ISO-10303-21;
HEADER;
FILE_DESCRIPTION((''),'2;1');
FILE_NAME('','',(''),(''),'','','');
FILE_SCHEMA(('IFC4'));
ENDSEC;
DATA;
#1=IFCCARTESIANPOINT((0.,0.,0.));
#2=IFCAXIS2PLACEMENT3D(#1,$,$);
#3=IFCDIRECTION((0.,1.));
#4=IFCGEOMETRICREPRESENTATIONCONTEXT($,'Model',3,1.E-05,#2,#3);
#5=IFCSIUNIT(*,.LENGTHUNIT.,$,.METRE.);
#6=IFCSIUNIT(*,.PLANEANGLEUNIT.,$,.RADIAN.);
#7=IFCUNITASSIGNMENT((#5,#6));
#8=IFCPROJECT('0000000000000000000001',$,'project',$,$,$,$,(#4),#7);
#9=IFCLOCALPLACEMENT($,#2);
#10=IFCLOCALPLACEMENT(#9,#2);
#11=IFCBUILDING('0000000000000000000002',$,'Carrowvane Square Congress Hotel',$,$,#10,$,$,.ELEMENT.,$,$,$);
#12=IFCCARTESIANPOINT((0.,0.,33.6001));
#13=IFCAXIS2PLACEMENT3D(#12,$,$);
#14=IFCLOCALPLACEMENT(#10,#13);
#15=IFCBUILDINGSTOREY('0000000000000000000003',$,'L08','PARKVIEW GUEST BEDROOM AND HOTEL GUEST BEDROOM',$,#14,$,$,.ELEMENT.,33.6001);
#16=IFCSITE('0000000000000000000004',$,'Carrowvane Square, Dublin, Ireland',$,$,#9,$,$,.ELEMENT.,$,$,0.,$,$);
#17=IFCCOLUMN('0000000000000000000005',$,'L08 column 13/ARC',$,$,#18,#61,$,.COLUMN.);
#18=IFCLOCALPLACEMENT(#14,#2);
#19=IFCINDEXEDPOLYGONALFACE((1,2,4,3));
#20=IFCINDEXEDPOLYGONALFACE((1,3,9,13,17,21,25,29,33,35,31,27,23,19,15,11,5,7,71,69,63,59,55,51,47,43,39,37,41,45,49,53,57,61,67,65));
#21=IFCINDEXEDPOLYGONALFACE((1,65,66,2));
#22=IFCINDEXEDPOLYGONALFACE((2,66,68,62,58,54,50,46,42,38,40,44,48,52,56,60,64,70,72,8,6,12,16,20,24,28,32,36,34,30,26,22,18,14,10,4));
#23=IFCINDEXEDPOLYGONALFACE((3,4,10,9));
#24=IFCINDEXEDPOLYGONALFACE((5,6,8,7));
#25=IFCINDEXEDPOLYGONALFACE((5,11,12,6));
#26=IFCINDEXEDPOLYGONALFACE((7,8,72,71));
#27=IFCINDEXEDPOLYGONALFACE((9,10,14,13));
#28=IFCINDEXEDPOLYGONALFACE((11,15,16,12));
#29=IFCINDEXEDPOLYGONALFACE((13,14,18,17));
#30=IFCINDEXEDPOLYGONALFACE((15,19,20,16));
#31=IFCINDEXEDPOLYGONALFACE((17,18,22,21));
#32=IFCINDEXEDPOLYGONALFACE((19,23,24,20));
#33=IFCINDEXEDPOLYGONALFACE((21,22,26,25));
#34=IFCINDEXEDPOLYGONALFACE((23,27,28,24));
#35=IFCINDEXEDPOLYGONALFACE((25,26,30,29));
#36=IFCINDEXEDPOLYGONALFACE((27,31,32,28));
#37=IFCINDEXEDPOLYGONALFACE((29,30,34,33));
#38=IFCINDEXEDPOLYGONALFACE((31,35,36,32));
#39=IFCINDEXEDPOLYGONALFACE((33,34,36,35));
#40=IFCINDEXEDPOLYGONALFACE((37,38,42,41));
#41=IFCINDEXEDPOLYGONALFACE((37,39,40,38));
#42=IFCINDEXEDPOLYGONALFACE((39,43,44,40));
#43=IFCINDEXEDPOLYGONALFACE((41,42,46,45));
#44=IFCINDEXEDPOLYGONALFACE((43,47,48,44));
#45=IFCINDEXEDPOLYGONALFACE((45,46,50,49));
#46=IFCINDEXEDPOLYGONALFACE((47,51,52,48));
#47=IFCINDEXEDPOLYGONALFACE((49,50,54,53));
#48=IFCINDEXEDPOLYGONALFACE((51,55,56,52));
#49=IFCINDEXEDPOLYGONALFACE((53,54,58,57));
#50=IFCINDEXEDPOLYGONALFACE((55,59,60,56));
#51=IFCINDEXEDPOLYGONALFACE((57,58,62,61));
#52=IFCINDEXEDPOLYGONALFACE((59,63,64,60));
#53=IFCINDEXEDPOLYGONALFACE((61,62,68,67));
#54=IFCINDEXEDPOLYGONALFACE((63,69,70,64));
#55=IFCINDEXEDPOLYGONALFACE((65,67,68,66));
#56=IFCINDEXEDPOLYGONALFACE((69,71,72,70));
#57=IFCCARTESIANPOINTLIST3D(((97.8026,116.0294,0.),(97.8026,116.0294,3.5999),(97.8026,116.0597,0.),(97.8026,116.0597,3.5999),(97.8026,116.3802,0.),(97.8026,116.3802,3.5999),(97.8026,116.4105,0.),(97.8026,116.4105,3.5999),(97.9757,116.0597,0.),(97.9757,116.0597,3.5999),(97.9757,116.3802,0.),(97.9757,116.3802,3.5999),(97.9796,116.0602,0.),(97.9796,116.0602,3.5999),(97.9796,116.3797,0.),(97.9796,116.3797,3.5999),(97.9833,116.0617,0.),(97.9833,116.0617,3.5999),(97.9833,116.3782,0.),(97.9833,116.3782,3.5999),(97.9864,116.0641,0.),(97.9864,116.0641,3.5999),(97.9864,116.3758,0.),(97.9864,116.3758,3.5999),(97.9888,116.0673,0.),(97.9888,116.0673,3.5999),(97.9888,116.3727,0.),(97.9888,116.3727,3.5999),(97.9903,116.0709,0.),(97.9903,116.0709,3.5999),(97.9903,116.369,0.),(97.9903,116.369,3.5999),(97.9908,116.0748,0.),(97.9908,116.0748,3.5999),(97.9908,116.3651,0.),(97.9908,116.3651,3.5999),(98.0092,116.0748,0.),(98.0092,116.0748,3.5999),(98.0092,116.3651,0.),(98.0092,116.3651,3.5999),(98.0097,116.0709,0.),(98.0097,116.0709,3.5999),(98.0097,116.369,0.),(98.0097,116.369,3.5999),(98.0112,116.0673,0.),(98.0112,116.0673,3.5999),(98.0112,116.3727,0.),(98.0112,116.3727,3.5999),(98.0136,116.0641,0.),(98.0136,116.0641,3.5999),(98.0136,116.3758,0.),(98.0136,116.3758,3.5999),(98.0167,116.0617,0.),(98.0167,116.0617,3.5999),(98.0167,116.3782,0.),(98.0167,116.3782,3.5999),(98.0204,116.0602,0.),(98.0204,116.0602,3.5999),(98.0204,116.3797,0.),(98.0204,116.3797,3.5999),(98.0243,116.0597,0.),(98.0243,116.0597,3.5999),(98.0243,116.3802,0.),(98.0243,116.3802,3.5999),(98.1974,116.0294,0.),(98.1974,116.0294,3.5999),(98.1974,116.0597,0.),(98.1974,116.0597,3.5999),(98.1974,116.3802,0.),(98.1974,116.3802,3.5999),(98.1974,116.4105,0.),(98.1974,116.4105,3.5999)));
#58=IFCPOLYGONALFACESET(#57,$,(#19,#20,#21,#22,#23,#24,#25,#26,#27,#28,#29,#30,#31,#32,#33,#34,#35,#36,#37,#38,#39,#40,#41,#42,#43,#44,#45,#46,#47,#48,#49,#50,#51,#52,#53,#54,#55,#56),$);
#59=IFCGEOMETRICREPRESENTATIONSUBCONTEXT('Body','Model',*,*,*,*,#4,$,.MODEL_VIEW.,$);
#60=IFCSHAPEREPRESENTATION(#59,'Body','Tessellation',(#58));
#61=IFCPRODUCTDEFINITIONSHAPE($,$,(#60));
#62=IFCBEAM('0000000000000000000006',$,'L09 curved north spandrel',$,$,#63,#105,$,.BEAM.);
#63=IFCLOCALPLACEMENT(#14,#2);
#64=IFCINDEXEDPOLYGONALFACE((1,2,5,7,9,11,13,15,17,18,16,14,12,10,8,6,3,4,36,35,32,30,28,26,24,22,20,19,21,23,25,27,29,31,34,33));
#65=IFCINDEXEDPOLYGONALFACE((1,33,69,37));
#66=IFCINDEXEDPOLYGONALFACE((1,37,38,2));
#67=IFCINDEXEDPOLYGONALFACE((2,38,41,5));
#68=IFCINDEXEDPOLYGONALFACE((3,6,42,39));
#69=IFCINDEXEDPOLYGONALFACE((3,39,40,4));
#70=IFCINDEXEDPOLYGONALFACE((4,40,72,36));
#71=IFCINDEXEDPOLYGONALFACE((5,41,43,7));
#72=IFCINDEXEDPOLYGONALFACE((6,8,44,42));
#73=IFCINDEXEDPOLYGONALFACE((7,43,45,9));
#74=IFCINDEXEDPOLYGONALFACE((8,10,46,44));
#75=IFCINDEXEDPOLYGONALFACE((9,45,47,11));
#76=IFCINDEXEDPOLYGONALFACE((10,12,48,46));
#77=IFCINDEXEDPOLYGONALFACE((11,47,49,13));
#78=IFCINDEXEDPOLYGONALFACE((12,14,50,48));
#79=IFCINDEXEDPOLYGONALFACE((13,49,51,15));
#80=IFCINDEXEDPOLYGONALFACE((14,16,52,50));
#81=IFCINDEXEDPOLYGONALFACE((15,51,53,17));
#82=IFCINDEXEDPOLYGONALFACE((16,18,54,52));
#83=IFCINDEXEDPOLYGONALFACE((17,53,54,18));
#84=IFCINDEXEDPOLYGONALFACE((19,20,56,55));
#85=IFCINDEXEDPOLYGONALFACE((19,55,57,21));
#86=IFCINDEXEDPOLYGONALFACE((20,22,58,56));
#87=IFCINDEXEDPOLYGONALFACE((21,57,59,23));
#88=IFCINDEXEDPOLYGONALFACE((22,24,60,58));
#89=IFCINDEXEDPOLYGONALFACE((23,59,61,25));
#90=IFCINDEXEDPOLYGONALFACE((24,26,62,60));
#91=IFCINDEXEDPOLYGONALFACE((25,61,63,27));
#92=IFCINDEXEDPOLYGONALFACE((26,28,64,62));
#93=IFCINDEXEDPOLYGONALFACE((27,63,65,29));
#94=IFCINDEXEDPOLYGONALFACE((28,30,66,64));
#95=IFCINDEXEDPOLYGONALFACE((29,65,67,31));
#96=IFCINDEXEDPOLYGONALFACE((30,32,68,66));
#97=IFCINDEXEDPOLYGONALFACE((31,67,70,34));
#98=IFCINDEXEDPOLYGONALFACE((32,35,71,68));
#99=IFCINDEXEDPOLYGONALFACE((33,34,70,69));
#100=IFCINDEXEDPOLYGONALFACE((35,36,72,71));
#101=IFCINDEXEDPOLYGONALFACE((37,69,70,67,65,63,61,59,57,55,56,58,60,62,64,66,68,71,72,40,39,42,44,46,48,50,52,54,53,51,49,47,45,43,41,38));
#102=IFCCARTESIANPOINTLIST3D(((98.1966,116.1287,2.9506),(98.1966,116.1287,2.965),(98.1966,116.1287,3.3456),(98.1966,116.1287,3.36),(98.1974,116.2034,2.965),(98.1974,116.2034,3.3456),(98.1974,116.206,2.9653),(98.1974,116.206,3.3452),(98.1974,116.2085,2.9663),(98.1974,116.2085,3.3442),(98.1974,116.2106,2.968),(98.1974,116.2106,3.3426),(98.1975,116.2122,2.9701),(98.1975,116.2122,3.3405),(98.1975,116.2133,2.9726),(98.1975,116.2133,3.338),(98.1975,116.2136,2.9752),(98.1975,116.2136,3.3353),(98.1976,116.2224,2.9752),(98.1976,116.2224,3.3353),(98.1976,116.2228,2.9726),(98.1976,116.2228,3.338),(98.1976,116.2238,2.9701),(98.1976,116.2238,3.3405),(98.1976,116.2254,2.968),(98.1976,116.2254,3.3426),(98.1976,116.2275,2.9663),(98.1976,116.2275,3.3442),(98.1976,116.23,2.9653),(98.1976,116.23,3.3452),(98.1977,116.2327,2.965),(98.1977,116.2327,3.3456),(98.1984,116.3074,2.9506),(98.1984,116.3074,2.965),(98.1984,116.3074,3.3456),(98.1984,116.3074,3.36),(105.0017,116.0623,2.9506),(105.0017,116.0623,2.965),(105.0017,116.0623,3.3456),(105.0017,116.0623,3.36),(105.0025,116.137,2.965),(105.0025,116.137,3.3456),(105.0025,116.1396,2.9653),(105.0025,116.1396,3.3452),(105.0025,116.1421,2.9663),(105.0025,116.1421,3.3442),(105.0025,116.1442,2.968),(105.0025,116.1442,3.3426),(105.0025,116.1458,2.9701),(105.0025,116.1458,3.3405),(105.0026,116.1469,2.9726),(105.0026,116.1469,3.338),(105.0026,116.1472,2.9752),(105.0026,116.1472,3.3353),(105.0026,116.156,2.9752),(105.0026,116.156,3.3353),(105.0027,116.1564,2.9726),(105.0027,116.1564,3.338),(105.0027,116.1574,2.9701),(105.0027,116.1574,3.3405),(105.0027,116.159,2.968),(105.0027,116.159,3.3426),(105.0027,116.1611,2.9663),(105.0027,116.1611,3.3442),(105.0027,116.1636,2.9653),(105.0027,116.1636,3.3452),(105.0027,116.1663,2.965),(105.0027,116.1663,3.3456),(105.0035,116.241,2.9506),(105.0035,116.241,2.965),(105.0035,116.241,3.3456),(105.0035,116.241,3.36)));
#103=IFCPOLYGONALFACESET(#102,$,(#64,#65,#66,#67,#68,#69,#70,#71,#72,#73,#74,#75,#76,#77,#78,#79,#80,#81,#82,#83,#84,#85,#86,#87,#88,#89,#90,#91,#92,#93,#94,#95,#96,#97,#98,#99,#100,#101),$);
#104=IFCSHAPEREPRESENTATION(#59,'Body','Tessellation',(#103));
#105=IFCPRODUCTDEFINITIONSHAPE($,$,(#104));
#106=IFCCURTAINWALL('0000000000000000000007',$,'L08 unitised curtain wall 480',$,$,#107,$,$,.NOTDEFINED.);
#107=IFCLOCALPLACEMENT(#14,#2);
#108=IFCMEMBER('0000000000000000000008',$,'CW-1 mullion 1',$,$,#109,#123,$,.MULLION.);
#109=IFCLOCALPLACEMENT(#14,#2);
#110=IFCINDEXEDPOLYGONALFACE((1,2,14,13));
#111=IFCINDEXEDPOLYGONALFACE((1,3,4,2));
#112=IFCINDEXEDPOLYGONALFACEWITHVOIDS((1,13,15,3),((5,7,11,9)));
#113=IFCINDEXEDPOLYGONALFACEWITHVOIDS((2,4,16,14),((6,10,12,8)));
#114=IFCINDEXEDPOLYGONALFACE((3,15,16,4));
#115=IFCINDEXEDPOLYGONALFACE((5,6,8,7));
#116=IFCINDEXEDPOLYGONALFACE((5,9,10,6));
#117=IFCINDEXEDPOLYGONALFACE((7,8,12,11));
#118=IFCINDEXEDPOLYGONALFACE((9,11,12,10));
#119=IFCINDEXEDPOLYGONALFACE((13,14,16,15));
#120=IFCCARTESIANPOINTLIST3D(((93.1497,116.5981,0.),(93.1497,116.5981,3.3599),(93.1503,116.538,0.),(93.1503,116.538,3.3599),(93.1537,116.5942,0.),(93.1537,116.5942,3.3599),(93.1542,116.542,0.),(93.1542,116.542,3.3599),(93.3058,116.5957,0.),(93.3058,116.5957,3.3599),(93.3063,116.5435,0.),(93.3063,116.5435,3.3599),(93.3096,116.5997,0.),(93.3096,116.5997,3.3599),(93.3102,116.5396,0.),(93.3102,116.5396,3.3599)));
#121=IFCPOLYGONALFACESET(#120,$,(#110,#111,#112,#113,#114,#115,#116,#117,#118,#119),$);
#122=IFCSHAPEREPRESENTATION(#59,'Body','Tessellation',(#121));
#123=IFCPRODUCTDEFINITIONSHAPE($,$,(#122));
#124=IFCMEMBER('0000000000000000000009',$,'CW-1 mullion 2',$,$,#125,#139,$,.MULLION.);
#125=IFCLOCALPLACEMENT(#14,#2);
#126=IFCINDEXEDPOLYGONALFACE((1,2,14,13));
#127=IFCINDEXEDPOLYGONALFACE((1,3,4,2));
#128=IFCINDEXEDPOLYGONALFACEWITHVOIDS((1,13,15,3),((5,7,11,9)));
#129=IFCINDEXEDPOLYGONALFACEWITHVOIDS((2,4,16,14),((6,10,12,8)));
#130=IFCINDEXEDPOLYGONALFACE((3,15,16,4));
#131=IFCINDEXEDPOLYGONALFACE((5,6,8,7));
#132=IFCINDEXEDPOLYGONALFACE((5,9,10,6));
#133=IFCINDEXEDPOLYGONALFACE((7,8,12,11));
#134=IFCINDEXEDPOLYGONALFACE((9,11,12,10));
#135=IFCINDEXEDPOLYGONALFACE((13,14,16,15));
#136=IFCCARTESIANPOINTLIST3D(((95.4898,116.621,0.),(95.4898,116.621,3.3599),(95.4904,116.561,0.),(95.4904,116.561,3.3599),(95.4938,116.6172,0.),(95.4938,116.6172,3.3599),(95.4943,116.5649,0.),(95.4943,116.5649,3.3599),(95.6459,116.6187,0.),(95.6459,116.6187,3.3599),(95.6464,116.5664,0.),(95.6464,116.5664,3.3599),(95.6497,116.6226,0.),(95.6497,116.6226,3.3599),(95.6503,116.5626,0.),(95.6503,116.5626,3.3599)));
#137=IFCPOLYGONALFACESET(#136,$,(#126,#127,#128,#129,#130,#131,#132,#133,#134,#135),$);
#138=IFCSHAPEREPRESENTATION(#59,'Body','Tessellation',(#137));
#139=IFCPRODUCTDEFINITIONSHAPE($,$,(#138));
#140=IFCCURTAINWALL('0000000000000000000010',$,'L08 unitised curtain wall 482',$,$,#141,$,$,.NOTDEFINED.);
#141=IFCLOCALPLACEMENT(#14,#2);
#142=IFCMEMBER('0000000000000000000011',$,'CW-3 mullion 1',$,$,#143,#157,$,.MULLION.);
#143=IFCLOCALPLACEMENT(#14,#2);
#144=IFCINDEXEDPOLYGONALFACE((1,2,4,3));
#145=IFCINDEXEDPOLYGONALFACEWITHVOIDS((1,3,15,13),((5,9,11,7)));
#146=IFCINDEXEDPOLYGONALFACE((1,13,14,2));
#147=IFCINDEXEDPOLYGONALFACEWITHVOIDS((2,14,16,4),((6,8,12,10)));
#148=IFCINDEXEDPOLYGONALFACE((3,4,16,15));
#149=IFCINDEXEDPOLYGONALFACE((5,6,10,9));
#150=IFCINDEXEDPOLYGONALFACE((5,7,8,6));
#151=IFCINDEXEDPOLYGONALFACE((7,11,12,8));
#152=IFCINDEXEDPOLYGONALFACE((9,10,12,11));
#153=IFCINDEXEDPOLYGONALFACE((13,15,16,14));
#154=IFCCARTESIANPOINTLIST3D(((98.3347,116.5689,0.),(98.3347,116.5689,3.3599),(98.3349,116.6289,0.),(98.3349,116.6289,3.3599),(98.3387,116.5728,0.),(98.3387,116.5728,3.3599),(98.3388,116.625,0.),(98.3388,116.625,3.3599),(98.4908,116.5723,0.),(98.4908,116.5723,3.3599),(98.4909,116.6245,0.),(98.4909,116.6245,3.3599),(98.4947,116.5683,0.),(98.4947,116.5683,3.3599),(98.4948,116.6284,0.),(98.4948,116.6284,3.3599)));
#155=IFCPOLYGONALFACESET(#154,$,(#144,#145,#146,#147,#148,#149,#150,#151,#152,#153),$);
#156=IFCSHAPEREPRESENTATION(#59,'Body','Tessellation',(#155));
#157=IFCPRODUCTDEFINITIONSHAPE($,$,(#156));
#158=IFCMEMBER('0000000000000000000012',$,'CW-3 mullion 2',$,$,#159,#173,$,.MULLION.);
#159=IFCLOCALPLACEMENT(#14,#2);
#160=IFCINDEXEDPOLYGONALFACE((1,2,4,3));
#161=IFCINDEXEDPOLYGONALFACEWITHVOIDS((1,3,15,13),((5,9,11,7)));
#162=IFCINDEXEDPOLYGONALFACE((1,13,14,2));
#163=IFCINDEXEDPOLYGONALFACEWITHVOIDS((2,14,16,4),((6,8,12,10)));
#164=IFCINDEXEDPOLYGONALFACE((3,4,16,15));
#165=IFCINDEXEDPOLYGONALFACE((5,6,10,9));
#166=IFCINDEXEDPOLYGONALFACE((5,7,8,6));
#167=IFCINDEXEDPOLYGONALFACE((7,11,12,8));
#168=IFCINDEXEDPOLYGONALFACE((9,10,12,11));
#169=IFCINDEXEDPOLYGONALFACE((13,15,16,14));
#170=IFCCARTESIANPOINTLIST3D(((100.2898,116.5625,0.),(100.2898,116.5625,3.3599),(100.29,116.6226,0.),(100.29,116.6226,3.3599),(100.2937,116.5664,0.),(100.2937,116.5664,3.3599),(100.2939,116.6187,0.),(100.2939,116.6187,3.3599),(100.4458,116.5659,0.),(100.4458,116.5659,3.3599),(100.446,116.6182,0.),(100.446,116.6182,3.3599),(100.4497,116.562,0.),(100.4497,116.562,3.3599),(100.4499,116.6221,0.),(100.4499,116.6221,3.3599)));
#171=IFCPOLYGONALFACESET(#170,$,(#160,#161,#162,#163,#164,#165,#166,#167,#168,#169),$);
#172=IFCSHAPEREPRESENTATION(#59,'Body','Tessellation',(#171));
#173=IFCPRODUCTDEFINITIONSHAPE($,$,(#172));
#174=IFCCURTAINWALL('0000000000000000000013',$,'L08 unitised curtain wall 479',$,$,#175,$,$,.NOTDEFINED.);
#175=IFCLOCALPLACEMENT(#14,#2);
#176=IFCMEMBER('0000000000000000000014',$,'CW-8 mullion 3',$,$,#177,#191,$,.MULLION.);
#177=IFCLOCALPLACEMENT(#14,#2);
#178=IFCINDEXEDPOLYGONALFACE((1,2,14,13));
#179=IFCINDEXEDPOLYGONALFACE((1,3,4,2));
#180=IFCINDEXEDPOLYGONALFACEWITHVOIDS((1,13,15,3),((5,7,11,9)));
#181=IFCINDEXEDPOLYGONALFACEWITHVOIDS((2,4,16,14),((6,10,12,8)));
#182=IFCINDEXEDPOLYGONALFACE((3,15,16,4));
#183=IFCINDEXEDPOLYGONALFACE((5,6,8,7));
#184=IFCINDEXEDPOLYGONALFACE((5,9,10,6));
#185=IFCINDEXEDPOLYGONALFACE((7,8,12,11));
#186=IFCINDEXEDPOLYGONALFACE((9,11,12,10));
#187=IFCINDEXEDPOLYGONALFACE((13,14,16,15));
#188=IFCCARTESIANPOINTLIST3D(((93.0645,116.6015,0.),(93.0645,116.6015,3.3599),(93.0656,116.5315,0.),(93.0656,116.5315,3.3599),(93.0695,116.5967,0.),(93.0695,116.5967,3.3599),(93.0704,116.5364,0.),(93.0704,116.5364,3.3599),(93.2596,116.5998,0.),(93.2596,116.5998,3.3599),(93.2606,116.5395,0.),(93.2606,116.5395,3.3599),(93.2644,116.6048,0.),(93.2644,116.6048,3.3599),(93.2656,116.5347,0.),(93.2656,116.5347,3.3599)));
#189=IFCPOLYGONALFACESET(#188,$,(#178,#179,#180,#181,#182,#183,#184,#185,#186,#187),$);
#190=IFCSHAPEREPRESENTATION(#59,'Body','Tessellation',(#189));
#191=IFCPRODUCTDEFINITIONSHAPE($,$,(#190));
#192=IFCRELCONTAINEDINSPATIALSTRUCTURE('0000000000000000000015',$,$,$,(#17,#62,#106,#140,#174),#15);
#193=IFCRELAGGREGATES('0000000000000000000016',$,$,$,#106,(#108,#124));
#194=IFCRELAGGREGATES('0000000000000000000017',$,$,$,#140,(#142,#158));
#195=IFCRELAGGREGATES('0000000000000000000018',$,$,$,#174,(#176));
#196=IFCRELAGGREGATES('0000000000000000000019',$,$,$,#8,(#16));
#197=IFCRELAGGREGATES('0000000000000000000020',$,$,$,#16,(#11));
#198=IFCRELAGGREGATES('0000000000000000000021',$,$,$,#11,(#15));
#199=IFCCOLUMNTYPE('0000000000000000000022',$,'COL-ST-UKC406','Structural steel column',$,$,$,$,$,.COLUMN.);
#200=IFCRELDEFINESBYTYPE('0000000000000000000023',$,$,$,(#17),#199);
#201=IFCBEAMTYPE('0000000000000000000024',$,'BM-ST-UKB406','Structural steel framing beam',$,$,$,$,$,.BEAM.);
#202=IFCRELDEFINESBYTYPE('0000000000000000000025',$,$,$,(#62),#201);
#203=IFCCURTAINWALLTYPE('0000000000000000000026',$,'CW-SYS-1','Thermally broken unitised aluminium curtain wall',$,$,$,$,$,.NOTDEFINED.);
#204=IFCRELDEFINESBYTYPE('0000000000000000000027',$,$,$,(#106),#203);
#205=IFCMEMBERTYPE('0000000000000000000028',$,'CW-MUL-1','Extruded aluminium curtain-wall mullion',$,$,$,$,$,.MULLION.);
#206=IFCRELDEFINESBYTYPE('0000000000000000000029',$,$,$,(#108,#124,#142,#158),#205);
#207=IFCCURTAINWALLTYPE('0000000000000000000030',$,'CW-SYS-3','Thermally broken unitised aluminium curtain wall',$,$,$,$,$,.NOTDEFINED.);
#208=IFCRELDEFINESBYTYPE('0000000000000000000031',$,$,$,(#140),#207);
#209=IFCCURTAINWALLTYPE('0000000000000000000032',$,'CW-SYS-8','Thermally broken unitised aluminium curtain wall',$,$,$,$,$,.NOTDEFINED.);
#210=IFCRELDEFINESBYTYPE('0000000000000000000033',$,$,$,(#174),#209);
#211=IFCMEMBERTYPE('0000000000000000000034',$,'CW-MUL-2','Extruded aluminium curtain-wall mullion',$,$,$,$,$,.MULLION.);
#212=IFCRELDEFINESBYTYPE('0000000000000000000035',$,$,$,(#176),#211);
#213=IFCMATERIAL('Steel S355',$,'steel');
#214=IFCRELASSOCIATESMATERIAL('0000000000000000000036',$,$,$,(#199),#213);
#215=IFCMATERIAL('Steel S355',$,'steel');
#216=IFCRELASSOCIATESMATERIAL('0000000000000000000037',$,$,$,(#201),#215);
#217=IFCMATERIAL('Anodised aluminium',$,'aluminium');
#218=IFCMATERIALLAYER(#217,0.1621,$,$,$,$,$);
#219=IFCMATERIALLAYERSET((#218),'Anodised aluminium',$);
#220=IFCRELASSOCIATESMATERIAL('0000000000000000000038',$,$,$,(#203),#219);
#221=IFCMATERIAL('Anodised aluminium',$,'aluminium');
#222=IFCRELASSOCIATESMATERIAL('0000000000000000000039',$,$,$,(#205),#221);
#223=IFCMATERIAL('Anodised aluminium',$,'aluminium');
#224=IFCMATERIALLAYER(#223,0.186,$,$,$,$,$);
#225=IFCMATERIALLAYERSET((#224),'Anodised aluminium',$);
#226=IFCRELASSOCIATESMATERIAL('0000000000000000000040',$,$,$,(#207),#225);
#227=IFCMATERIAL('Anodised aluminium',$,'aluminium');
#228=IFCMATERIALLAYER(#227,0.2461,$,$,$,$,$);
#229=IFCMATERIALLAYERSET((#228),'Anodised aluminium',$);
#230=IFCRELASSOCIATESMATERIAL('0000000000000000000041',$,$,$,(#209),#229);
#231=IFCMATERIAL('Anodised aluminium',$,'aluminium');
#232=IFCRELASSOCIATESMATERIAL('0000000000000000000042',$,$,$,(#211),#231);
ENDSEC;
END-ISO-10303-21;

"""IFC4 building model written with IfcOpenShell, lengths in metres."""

from ifc_helpers import new_model, si_unit, direction, frame, origin, origin_2d, place, context, subcontext, project, spatial, hollow_rectangle, i_section, extrude, material, layer, layer_set, material_profile, profile_set, type_object, element, aggregate, save


model = new_model("IFC4")

# Units and contexts
model_context = context("Model", 3, precision=1e-05, world=origin(), true_north=direction((0.0, 1.0)))
body_context = subcontext(model_context, "Body", "Model", "MODEL_VIEW")
ifc_project = project(units=[si_unit("LENGTHUNIT", "METRE"), si_unit("PLANEANGLEUNIT", "RADIAN")], contexts=[model_context])

# Site, building, storey
site_placement = place(None, origin())
site = spatial("IfcSite", under=ifc_project, at=site_placement, Name="Carrowvane Square, Dublin, Ireland", CompositionType="ELEMENT", RefElevation=0.0)
building_placement = place(site_placement, origin())
building = spatial("IfcBuilding", under=site, at=building_placement, Name="Carrowvane Square Congress Hotel", CompositionType="ELEMENT")
storey_placement = place(building_placement, frame((0.0, 0.0, 33.6001)))
storey = spatial("IfcBuildingStorey", under=building, at=storey_placement, Name="L08", Description="PARKVIEW GUEST BEDROOM AND HOTEL GUEST BEDROOM", CompositionType="ELEMENT", Elevation=33.6001)

# Column
ifc_material_1 = material(Name="Steel S355", Category="steel")
ifc_material_profile_1 = material_profile(ifc_material_1, i_section(OverallWidth=0.3948, OverallDepth=0.3811, WebThickness=0.0183, FlangeThickness=0.0303, FilletRadius=0.0151, at=origin_2d()), Name="UKC 356x406x235")
ifc_profile_set_1 = profile_set([ifc_material_profile_1], Name="Steel S355")
column_type = type_object("IfcColumnType", Name="COL-ST-UKC406", Description="Structural steel column", PredefinedType="COLUMN", material=ifc_profile_set_1)
column_placement = place(storey_placement, frame((98.0, 116.22, 0.0), z_axis=(0.0, 0.0, 1.0), x_axis=(1.0, 0.0, 0.0)))
element("IfcColumn", 1, at=column_placement, inside=storey, type_object=column_type, Name="L08 column 13/ARC", PredefinedType="COLUMN", context=body_context, shape_type="SweptSolid", body=[
    extrude(i_section(OverallWidth=0.3948, OverallDepth=0.3811, WebThickness=0.0183, FlangeThickness=0.0303, FilletRadius=0.0151, at=origin_2d()), origin(), (0.0, 0.0, 1.0), 3.5999),
])

# Beam
ifc_material_2 = material(Name="Steel S355", Category="steel")
ifc_material_profile_2 = material_profile(ifc_material_2, i_section(OverallWidth=0.1787, OverallDepth=0.4094, WebThickness=0.0088, FlangeThickness=0.0144, FilletRadius=0.0103, at=origin_2d()), Name="UKB 406x178x67")
ifc_profile_set_2 = profile_set([ifc_material_profile_2], Name="Steel S355")
beam_type = type_object("IfcBeamType", Name="BM-ST-UKB406", Description="Structural steel framing beam", PredefinedType="BEAM", material=ifc_profile_set_2)
beam_placement = place(storey_placement, frame((98.1975, 116.218, 3.1553), z_axis=(0.999952, -0.009758, 0.0), x_axis=(0.009758, 0.999952, 0.0)))
element("IfcBeam", 2, at=beam_placement, inside=storey, type_object=beam_type, Name="L09 curved north spandrel", PredefinedType="BEAM", context=body_context, shape_type="SweptSolid", body=[
    extrude(i_section(OverallWidth=0.1787, OverallDepth=0.4094, WebThickness=0.0088, FlangeThickness=0.0144, FilletRadius=0.0103, at=origin_2d()), origin(), (0.0, 0.0, 1.0), 6.8054),
])

# Curtain walls, members
ifc_material_3 = material(Name="Anodised aluminium", Category="aluminium")
ifc_layer_1 = layer(ifc_material_3, 0.1621)
ifc_layer_set_1 = layer_set([ifc_layer_1], Name="Anodised aluminium")
curtain_wall_type_1 = type_object("IfcCurtainWallType", Name="CW-SYS-1", Description="Thermally broken unitised aluminium curtain wall", PredefinedType="NOTDEFINED", material=ifc_layer_set_1)
curtain_wall_1_placement = place(storey_placement, origin())
curtain_wall_1 = element("IfcCurtainWall", 3, at=curtain_wall_1_placement, inside=storey, type_object=curtain_wall_type_1, Name="L08 unitised curtain wall 480", PredefinedType="NOTDEFINED")
ifc_material_4 = material(Name="Anodised aluminium", Category="aluminium")
ifc_material_profile_3 = material_profile(ifc_material_4, hollow_rectangle(XDim=0.0601, YDim=0.1599, WallThickness=0.0039, at=origin_2d()), Name="CW-ML 60x160x4")
ifc_profile_set_3 = profile_set([ifc_material_profile_3], Name="Anodised aluminium")
member_type_1 = type_object("IfcMemberType", Name="CW-MUL-1", Description="Extruded aluminium curtain-wall mullion", PredefinedType="MULLION", material=ifc_profile_set_3)
member_1_placement = place(storey_placement, frame((93.23, 116.5688, 0.0), z_axis=(0.0, 0.0, 1.0), x_axis=(-0.009783, 0.999952, 0.0)))
member_1 = element("IfcMember", 4, at=member_1_placement, type_object=member_type_1, Name="CW-1 mullion 1", PredefinedType="MULLION", context=body_context, shape_type="SweptSolid", body=[
    extrude(hollow_rectangle(XDim=0.0601, YDim=0.1599, WallThickness=0.0039, at=origin_2d()), origin(), (0.0, 0.0, 1.0), 3.3599),
])
member_2_placement = place(storey_placement, frame((95.5701, 116.5918, 0.0), z_axis=(0.0, 0.0, 1.0), x_axis=(-0.009783, 0.999952, 0.0)))
member_2 = element("IfcMember", 5, at=member_2_placement, type_object=member_type_1, Name="CW-1 mullion 2", PredefinedType="MULLION", context=body_context, shape_type="SweptSolid", body=[
    extrude(hollow_rectangle(XDim=0.0601, YDim=0.1599, WallThickness=0.0039, at=origin_2d()), origin(), (0.0, 0.0, 1.0), 3.3599),
])
ifc_material_5 = material(Name="Anodised aluminium", Category="aluminium")
ifc_layer_2 = layer(ifc_material_5, 0.186)
ifc_layer_set_2 = layer_set([ifc_layer_2], Name="Anodised aluminium")
curtain_wall_type_2 = type_object("IfcCurtainWallType", Name="CW-SYS-3", Description="Thermally broken unitised aluminium curtain wall", PredefinedType="NOTDEFINED", material=ifc_layer_set_2)
curtain_wall_2_placement = place(storey_placement, origin())
curtain_wall_2 = element("IfcCurtainWall", 6, at=curtain_wall_2_placement, inside=storey, type_object=curtain_wall_type_2, Name="L08 unitised curtain wall 482", PredefinedType="NOTDEFINED")
member_3_placement = place(storey_placement, frame((98.4148, 116.5986, 0.0), z_axis=(0.0, 0.0, 1.0), x_axis=(0.00327, 0.999995, 0.0)))
member_3 = element("IfcMember", 7, at=member_3_placement, type_object=member_type_1, Name="CW-3 mullion 1", PredefinedType="MULLION", context=body_context, shape_type="SweptSolid", body=[
    extrude(hollow_rectangle(XDim=0.0601, YDim=0.1599, WallThickness=0.0039, at=origin_2d()), origin(), (0.0, 0.0, 1.0), 3.3599),
])
member_4_placement = place(storey_placement, frame((100.3699, 116.5923, 0.0), z_axis=(0.0, 0.0, 1.0), x_axis=(0.00327, 0.999995, 0.0)))
member_4 = element("IfcMember", 8, at=member_4_placement, type_object=member_type_1, Name="CW-3 mullion 2", PredefinedType="MULLION", context=body_context, shape_type="SweptSolid", body=[
    extrude(hollow_rectangle(XDim=0.0601, YDim=0.1599, WallThickness=0.0039, at=origin_2d()), origin(), (0.0, 0.0, 1.0), 3.3599),
])

# Curtain wall, member
ifc_material_6 = material(Name="Anodised aluminium", Category="aluminium")
ifc_layer_3 = layer(ifc_material_6, 0.2461)
ifc_layer_set_3 = layer_set([ifc_layer_3], Name="Anodised aluminium")
curtain_wall_type_3 = type_object("IfcCurtainWallType", Name="CW-SYS-8", Description="Thermally broken unitised aluminium curtain wall", PredefinedType="NOTDEFINED", material=ifc_layer_set_3)
curtain_wall_3_placement = place(storey_placement, origin())
curtain_wall_3 = element("IfcCurtainWall", 9, at=curtain_wall_3_placement, inside=storey, type_object=curtain_wall_type_3, Name="L08 unitised curtain wall 479", PredefinedType="NOTDEFINED")
ifc_material_7 = material(Name="Anodised aluminium", Category="aluminium")
ifc_material_profile_4 = material_profile(ifc_material_7, hollow_rectangle(XDim=0.0701, YDim=0.2, WallThickness=0.0049, at=origin_2d()), Name="CW-ML 70x200x5")
ifc_profile_set_4 = profile_set([ifc_material_profile_4], Name="Anodised aluminium")
member_type_2 = type_object("IfcMemberType", Name="CW-MUL-2", Description="Extruded aluminium curtain-wall mullion", PredefinedType="MULLION", material=ifc_profile_set_4)
member_5_placement = place(storey_placement, frame((93.165, 116.5681, 0.0), z_axis=(0.0, 0.0, 1.0), x_axis=(-0.016216, 0.999869, 0.0)))
member_5 = element("IfcMember", 10, at=member_5_placement, type_object=member_type_2, Name="CW-8 mullion 3", PredefinedType="MULLION", context=body_context, shape_type="SweptSolid", body=[
    extrude(hollow_rectangle(XDim=0.0701, YDim=0.2, WallThickness=0.0049, at=origin_2d()), origin(), (0.0, 0.0, 1.0), 3.3599),
])

aggregate(curtain_wall_1, [member_1, member_2])
aggregate(curtain_wall_2, [member_3, member_4])
aggregate(curtain_wall_3, [member_5])

save(model, "model.ifc")
